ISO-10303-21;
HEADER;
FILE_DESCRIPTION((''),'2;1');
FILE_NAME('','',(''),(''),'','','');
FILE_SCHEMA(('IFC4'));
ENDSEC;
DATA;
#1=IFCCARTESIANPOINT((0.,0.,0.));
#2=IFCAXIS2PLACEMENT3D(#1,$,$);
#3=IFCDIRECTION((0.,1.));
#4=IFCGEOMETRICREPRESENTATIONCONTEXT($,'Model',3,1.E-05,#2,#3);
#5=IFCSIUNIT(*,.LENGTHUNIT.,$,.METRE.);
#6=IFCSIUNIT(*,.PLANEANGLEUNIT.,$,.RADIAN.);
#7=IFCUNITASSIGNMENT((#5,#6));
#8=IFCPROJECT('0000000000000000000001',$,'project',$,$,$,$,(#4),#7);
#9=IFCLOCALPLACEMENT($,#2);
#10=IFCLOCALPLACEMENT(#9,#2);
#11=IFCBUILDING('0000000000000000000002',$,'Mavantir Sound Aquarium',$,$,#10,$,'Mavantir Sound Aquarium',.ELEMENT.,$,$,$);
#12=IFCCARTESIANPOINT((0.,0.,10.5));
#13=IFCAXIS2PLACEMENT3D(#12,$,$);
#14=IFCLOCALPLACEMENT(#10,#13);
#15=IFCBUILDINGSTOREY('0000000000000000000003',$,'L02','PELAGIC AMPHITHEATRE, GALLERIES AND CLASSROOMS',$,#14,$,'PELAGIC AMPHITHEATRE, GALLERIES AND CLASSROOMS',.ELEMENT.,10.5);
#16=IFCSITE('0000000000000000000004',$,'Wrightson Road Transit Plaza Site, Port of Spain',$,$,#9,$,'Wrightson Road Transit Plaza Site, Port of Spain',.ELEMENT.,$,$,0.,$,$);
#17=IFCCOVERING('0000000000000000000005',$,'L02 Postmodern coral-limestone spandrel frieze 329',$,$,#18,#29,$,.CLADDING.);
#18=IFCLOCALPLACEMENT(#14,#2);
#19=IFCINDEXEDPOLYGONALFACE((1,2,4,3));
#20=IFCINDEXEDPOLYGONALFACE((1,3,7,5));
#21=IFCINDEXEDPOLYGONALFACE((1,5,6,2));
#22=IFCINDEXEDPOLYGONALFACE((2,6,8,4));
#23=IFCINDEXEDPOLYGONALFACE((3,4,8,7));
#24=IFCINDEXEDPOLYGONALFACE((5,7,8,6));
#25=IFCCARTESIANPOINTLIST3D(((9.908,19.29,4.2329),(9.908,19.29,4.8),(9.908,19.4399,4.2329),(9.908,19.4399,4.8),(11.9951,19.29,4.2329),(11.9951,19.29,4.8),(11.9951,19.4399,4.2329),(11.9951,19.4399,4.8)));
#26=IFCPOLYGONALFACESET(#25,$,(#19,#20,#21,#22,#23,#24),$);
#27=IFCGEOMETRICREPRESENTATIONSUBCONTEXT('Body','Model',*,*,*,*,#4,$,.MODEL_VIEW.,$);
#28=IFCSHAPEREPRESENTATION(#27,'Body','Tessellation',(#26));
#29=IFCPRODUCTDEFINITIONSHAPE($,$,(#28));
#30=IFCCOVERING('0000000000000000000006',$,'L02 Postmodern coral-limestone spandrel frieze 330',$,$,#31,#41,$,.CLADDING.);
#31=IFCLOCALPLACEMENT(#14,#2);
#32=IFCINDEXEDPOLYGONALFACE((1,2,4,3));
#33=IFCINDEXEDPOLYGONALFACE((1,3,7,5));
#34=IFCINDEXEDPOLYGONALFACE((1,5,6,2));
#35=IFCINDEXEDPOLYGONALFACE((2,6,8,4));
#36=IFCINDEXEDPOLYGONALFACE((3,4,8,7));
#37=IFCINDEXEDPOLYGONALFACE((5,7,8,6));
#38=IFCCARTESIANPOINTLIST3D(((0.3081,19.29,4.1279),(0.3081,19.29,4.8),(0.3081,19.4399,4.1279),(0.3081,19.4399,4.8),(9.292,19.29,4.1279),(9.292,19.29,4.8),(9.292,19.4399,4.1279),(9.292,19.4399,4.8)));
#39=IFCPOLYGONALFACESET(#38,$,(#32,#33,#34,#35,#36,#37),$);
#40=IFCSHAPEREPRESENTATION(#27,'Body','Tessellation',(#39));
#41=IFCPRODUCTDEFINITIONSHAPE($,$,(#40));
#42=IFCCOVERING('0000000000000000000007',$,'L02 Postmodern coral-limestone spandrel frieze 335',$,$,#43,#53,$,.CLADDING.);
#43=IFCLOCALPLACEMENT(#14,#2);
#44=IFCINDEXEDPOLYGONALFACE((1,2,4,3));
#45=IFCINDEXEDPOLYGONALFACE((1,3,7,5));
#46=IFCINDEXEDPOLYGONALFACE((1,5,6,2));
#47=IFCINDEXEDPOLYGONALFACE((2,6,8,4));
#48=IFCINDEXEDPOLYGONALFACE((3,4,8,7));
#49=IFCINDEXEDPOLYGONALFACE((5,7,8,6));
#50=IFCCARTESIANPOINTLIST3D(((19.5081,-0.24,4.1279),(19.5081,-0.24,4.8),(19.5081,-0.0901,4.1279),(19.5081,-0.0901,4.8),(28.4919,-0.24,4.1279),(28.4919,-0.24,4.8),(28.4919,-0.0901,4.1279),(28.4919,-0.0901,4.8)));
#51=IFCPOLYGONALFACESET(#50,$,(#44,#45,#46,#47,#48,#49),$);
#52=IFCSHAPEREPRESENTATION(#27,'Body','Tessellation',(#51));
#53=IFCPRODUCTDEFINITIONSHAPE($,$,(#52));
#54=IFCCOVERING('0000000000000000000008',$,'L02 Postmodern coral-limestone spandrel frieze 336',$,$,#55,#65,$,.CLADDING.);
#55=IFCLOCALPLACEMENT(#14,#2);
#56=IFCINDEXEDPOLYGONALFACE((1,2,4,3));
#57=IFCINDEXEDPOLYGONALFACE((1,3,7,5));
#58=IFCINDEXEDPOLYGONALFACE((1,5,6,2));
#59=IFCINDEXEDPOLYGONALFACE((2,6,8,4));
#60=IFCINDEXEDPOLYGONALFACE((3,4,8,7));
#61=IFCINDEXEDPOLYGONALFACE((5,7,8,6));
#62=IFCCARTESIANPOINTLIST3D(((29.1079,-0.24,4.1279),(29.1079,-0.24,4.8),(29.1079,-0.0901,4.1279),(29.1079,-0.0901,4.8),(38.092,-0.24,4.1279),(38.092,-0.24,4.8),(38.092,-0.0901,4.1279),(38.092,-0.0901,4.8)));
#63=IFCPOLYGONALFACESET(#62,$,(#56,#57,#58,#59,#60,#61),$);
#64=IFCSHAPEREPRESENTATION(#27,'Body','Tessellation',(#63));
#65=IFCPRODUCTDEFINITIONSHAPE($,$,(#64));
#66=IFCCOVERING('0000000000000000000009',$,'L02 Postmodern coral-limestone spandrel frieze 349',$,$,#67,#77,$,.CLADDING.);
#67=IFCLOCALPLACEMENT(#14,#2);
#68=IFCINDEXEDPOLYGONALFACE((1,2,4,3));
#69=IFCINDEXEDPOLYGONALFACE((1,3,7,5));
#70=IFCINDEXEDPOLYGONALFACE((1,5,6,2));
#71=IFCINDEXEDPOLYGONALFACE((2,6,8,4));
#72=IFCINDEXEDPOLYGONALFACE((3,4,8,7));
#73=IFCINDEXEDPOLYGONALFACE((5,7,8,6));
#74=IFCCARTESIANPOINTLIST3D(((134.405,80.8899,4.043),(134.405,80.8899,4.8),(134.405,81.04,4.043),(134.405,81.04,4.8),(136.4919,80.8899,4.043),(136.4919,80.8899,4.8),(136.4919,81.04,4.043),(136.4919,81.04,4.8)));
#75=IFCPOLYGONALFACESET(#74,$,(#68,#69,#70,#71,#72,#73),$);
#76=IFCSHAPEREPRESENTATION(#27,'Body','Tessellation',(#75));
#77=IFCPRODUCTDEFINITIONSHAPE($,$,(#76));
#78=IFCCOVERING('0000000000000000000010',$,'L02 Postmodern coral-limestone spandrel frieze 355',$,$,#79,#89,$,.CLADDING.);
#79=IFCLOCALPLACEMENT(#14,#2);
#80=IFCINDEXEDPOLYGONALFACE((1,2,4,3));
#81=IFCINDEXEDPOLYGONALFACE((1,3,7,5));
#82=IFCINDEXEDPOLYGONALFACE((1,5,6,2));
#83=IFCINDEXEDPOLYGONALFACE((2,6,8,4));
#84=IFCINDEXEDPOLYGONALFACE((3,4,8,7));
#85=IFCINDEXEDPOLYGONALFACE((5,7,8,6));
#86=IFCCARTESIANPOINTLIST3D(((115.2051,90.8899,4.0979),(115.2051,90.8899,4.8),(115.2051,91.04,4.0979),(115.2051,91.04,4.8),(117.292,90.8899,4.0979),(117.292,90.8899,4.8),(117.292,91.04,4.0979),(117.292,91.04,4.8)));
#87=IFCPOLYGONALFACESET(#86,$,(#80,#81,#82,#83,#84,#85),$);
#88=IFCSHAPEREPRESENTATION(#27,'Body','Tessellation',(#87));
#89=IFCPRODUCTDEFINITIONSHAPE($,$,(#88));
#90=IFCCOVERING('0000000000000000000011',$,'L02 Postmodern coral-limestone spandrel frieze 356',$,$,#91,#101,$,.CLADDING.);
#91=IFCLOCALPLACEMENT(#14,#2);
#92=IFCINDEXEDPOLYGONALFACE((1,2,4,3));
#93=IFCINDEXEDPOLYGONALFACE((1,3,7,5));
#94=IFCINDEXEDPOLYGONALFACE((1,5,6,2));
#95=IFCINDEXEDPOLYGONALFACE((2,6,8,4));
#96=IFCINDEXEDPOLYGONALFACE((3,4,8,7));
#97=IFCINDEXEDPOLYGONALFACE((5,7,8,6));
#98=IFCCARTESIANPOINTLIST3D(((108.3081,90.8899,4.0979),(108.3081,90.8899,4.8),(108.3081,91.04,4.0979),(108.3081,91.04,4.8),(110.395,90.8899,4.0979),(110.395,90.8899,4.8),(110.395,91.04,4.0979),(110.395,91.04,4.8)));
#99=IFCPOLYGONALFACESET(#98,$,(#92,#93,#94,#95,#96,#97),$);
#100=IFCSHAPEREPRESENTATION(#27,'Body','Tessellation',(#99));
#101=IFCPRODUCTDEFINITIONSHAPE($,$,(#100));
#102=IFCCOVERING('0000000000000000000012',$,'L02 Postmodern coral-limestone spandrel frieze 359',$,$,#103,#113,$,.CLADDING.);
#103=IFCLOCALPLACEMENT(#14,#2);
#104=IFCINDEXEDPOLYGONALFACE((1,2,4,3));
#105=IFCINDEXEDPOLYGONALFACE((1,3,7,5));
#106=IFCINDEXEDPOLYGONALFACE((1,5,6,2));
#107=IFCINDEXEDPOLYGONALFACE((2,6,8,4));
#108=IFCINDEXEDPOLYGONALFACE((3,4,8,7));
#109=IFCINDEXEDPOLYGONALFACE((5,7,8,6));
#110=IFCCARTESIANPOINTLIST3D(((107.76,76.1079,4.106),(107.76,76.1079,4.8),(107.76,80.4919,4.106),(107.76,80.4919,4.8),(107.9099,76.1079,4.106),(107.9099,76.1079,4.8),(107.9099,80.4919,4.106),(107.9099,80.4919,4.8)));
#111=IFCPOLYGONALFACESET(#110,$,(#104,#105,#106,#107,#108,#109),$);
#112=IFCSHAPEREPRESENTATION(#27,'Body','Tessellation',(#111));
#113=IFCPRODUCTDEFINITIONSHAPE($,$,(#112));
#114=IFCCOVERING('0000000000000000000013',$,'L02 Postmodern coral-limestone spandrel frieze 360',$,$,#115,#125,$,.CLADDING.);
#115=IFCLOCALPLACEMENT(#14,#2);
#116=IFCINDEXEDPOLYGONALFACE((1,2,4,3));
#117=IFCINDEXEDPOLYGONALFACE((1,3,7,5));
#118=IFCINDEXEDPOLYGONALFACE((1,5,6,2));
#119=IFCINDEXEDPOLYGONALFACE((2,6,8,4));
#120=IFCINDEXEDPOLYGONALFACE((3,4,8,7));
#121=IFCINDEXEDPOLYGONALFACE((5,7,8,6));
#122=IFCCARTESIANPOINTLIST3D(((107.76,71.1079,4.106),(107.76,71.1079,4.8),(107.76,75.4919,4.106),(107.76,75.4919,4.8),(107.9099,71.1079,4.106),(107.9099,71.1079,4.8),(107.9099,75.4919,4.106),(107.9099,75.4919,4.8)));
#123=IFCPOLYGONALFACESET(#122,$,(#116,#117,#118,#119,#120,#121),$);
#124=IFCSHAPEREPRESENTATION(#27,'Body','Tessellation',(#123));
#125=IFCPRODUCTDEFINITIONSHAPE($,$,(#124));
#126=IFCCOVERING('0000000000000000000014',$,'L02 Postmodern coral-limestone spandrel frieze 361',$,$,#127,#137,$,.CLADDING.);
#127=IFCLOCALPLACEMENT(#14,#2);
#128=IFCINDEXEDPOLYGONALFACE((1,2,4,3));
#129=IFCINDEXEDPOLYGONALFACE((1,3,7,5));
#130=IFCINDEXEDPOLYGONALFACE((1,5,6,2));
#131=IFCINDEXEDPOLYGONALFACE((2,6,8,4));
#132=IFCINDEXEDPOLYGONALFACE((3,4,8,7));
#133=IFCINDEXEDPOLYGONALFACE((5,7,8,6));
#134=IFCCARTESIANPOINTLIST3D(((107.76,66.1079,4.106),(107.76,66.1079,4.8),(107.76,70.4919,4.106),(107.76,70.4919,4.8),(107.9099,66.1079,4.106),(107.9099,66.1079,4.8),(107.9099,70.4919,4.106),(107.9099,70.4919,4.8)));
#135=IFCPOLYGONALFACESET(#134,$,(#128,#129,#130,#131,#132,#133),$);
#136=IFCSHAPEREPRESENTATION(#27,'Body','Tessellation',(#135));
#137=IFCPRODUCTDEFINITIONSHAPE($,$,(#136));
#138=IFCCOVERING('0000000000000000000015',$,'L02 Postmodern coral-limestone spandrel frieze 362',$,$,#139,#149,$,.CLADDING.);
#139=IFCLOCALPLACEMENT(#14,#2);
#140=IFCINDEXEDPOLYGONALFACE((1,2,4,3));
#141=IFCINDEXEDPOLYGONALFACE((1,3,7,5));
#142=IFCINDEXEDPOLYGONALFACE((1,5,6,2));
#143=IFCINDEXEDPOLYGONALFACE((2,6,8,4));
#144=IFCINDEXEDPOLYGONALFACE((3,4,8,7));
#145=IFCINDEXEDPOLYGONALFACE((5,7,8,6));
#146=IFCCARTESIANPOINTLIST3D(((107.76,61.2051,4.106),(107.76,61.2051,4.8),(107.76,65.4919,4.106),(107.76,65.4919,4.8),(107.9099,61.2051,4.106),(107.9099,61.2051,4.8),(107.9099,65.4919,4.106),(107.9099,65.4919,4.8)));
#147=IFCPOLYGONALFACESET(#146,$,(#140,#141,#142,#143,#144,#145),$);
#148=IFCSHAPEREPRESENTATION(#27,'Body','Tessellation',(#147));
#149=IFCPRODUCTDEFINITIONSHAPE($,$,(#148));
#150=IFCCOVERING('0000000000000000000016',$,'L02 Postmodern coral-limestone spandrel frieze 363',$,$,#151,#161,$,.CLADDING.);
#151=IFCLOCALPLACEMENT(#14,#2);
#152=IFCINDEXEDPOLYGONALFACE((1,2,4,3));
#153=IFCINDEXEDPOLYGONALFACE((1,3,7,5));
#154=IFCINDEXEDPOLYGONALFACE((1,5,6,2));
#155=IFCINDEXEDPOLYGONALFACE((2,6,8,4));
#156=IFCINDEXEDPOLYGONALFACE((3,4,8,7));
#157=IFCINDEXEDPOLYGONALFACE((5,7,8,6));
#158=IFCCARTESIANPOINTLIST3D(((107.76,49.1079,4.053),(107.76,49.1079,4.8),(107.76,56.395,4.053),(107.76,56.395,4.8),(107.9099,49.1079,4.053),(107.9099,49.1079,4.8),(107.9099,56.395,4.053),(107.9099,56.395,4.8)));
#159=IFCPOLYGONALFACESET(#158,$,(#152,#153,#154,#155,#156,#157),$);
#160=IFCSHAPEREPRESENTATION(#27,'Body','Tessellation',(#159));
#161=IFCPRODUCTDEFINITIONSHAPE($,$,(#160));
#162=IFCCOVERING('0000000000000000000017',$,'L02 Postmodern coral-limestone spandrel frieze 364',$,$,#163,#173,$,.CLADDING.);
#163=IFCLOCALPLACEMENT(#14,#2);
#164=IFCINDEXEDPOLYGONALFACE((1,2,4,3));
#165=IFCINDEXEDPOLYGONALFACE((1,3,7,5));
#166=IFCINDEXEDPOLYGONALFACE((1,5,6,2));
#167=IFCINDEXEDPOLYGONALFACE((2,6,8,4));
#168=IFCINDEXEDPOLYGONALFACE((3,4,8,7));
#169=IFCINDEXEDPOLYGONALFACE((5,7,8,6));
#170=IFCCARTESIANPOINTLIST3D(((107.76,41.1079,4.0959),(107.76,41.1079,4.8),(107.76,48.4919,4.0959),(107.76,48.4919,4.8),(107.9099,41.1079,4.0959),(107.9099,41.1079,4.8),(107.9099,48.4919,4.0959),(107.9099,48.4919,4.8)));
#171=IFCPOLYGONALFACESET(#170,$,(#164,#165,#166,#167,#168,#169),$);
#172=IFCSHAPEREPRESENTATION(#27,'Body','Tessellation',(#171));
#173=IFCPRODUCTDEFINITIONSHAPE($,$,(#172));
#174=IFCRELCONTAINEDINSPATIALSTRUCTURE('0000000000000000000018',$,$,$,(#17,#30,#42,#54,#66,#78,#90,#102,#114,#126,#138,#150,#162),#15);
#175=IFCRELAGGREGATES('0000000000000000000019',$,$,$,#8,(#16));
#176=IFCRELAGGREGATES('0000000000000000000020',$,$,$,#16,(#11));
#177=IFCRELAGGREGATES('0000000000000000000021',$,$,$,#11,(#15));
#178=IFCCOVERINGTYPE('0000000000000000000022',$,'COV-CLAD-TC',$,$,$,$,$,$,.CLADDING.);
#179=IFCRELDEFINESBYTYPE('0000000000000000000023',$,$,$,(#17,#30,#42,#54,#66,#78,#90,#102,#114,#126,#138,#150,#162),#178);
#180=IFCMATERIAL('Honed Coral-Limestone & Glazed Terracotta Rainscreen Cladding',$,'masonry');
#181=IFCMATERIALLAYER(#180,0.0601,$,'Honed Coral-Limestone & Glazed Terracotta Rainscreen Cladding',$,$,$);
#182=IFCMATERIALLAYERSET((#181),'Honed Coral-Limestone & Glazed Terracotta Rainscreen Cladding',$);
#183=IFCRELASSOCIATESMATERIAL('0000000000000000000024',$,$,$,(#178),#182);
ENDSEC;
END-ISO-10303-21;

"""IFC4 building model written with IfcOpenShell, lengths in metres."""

from ifc_helpers import new_model, si_unit, direction, frame, origin, place, context, subcontext, project, spatial, polyline, outline, extrude, material, layer, layer_set, type_object, element, save


model = new_model("IFC4")

# Units and contexts
model_context = context("Model", 3, precision=1e-05, world=origin(), true_north=direction((0.0, 1.0)))
body_context = subcontext(model_context, "Body", "Model", "MODEL_VIEW")
ifc_project = project(units=[si_unit("LENGTHUNIT", "METRE"), si_unit("PLANEANGLEUNIT", "RADIAN")], contexts=[model_context])

# Site, building, storey
site_placement = place(None, origin())
site = spatial("IfcSite", under=ifc_project, at=site_placement, Name="Wrightson Road Transit Plaza Site, Port of Spain", LongName="Wrightson Road Transit Plaza Site, Port of Spain", CompositionType="ELEMENT", RefElevation=0.0)
building_placement = place(site_placement, origin())
building = spatial("IfcBuilding", under=site, at=building_placement, Name="Mavantir Sound Aquarium", LongName="Mavantir Sound Aquarium", CompositionType="ELEMENT")
storey_placement = place(building_placement, frame((0.0, 0.0, 10.5)))
storey = spatial("IfcBuildingStorey", under=building, at=storey_placement, Name="L02", Description="PELAGIC AMPHITHEATRE, GALLERIES AND CLASSROOMS", LongName="PELAGIC AMPHITHEATRE, GALLERIES AND CLASSROOMS", CompositionType="ELEMENT", Elevation=10.5)

# Coverings
ifc_material = material(Name="Honed Coral-Limestone & Glazed Terracotta Rainscreen Cladding", Category="masonry")
ifc_layer = layer(ifc_material, 0.0601, Name="Honed Coral-Limestone & Glazed Terracotta Rainscreen Cladding")
ifc_layer_set = layer_set([ifc_layer], Name="Honed Coral-Limestone & Glazed Terracotta Rainscreen Cladding")
covering_type = type_object("IfcCoveringType", Name="COV-CLAD-TC", PredefinedType="CLADDING", material=ifc_layer_set)
covering_1_placement = place(storey_placement, frame((0.0, 0.0, 4.2329)))
element("IfcCovering", 1, at=covering_1_placement, inside=storey, type_object=covering_type, Name="L02 Postmodern coral-limestone spandrel frieze 329", PredefinedType="CLADDING", context=body_context, shape_type="SweptSolid", body=[
    extrude(outline(polyline([(11.9951, 19.29), (9.908, 19.29), (9.908, 19.4399), (11.9951, 19.4399), (11.9951, 19.29)])), origin(), (0.0, 0.0, 1.0), 0.5671),
])
covering_2_placement = place(storey_placement, frame((0.0, 0.0, 4.1279)))
element("IfcCovering", 2, at=covering_2_placement, inside=storey, type_object=covering_type, Name="L02 Postmodern coral-limestone spandrel frieze 330", PredefinedType="CLADDING", context=body_context, shape_type="SweptSolid", body=[
    extrude(outline(polyline([(9.292, 19.29), (0.3081, 19.29), (0.3081, 19.4399), (9.292, 19.4399), (9.292, 19.29)])), origin(), (0.0, 0.0, 1.0), 0.6721),
])
covering_3_placement = place(storey_placement, frame((0.0, 0.0, 4.1279)))
element("IfcCovering", 3, at=covering_3_placement, inside=storey, type_object=covering_type, Name="L02 Postmodern coral-limestone spandrel frieze 335", PredefinedType="CLADDING", context=body_context, shape_type="SweptSolid", body=[
    extrude(outline(polyline([(19.5081, -0.0901), (28.4919, -0.0901), (28.4919, -0.24), (19.5081, -0.24), (19.5081, -0.0901)])), origin(), (0.0, 0.0, 1.0), 0.6721),
])
covering_4_placement = place(storey_placement, frame((0.0, 0.0, 4.1279)))
element("IfcCovering", 4, at=covering_4_placement, inside=storey, type_object=covering_type, Name="L02 Postmodern coral-limestone spandrel frieze 336", PredefinedType="CLADDING", context=body_context, shape_type="SweptSolid", body=[
    extrude(outline(polyline([(29.1079, -0.0901), (38.092, -0.0901), (38.092, -0.24), (29.1079, -0.24), (29.1079, -0.0901)])), origin(), (0.0, 0.0, 1.0), 0.6721),
])
covering_5_placement = place(storey_placement, frame((0.0, 0.0, 4.043)))
element("IfcCovering", 5, at=covering_5_placement, inside=storey, type_object=covering_type, Name="L02 Postmodern coral-limestone spandrel frieze 349", PredefinedType="CLADDING", context=body_context, shape_type="SweptSolid", body=[
    extrude(outline(polyline([(136.4919, 80.8899), (134.405, 80.8899), (134.405, 81.04), (136.4919, 81.04), (136.4919, 80.8899)])), origin(), (0.0, 0.0, 1.0), 0.7571),
])
covering_6_placement = place(storey_placement, frame((0.0, 0.0, 4.0979)))
element("IfcCovering", 6, at=covering_6_placement, inside=storey, type_object=covering_type, Name="L02 Postmodern coral-limestone spandrel frieze 355", PredefinedType="CLADDING", context=body_context, shape_type="SweptSolid", body=[
    extrude(outline(polyline([(117.292, 90.8899), (115.2051, 90.8899), (115.2051, 91.04), (117.292, 91.04), (117.292, 90.8899)])), origin(), (0.0, 0.0, 1.0), 0.7021),
])
covering_7_placement = place(storey_placement, frame((0.0, 0.0, 4.0979)))
element("IfcCovering", 7, at=covering_7_placement, inside=storey, type_object=covering_type, Name="L02 Postmodern coral-limestone spandrel frieze 356", PredefinedType="CLADDING", context=body_context, shape_type="SweptSolid", body=[
    extrude(outline(polyline([(110.395, 90.8899), (108.3081, 90.8899), (108.3081, 91.04), (110.395, 91.04), (110.395, 90.8899)])), origin(), (0.0, 0.0, 1.0), 0.7021),
])
covering_8_placement = place(storey_placement, frame((0.0, 0.0, 4.106)))
element("IfcCovering", 8, at=covering_8_placement, inside=storey, type_object=covering_type, Name="L02 Postmodern coral-limestone spandrel frieze 359", PredefinedType="CLADDING", context=body_context, shape_type="SweptSolid", body=[
    extrude(outline(polyline([(107.9099, 80.4919), (107.9099, 76.1079), (107.76, 76.1079), (107.76, 80.4919), (107.9099, 80.4919)])), origin(), (0.0, 0.0, 1.0), 0.6941),
])
covering_9_placement = place(storey_placement, frame((0.0, 0.0, 4.106)))
element("IfcCovering", 9, at=covering_9_placement, inside=storey, type_object=covering_type, Name="L02 Postmodern coral-limestone spandrel frieze 360", PredefinedType="CLADDING", context=body_context, shape_type="SweptSolid", body=[
    extrude(outline(polyline([(107.9099, 75.4919), (107.9099, 71.1079), (107.76, 71.1079), (107.76, 75.4919), (107.9099, 75.4919)])), origin(), (0.0, 0.0, 1.0), 0.6941),
])
covering_10_placement = place(storey_placement, frame((0.0, 0.0, 4.106)))
element("IfcCovering", 10, at=covering_10_placement, inside=storey, type_object=covering_type, Name="L02 Postmodern coral-limestone spandrel frieze 361", PredefinedType="CLADDING", context=body_context, shape_type="SweptSolid", body=[
    extrude(outline(polyline([(107.9099, 70.4919), (107.9099, 66.1079), (107.76, 66.1079), (107.76, 70.4919), (107.9099, 70.4919)])), origin(), (0.0, 0.0, 1.0), 0.6941),
])
covering_11_placement = place(storey_placement, frame((0.0, 0.0, 4.106)))
element("IfcCovering", 11, at=covering_11_placement, inside=storey, type_object=covering_type, Name="L02 Postmodern coral-limestone spandrel frieze 362", PredefinedType="CLADDING", context=body_context, shape_type="SweptSolid", body=[
    extrude(outline(polyline([(107.9099, 65.4919), (107.9099, 61.2051), (107.76, 61.2051), (107.76, 65.4919), (107.9099, 65.4919)])), origin(), (0.0, 0.0, 1.0), 0.6941),
])
covering_12_placement = place(storey_placement, frame((0.0, 0.0, 4.053)))
element("IfcCovering", 12, at=covering_12_placement, inside=storey, type_object=covering_type, Name="L02 Postmodern coral-limestone spandrel frieze 363", PredefinedType="CLADDING", context=body_context, shape_type="SweptSolid", body=[
    extrude(outline(polyline([(107.9099, 56.395), (107.9099, 49.1079), (107.76, 49.1079), (107.76, 56.395), (107.9099, 56.395)])), origin(), (0.0, 0.0, 1.0), 0.7471),
])
covering_13_placement = place(storey_placement, frame((0.0, 0.0, 4.0959)))
element("IfcCovering", 13, at=covering_13_placement, inside=storey, type_object=covering_type, Name="L02 Postmodern coral-limestone spandrel frieze 364", PredefinedType="CLADDING", context=body_context, shape_type="SweptSolid", body=[
    extrude(outline(polyline([(107.9099, 48.4919), (107.9099, 41.1079), (107.76, 41.1079), (107.76, 48.4919), (107.9099, 48.4919)])), origin(), (0.0, 0.0, 1.0), 0.7041),
])

save(model, "model.ifc")
